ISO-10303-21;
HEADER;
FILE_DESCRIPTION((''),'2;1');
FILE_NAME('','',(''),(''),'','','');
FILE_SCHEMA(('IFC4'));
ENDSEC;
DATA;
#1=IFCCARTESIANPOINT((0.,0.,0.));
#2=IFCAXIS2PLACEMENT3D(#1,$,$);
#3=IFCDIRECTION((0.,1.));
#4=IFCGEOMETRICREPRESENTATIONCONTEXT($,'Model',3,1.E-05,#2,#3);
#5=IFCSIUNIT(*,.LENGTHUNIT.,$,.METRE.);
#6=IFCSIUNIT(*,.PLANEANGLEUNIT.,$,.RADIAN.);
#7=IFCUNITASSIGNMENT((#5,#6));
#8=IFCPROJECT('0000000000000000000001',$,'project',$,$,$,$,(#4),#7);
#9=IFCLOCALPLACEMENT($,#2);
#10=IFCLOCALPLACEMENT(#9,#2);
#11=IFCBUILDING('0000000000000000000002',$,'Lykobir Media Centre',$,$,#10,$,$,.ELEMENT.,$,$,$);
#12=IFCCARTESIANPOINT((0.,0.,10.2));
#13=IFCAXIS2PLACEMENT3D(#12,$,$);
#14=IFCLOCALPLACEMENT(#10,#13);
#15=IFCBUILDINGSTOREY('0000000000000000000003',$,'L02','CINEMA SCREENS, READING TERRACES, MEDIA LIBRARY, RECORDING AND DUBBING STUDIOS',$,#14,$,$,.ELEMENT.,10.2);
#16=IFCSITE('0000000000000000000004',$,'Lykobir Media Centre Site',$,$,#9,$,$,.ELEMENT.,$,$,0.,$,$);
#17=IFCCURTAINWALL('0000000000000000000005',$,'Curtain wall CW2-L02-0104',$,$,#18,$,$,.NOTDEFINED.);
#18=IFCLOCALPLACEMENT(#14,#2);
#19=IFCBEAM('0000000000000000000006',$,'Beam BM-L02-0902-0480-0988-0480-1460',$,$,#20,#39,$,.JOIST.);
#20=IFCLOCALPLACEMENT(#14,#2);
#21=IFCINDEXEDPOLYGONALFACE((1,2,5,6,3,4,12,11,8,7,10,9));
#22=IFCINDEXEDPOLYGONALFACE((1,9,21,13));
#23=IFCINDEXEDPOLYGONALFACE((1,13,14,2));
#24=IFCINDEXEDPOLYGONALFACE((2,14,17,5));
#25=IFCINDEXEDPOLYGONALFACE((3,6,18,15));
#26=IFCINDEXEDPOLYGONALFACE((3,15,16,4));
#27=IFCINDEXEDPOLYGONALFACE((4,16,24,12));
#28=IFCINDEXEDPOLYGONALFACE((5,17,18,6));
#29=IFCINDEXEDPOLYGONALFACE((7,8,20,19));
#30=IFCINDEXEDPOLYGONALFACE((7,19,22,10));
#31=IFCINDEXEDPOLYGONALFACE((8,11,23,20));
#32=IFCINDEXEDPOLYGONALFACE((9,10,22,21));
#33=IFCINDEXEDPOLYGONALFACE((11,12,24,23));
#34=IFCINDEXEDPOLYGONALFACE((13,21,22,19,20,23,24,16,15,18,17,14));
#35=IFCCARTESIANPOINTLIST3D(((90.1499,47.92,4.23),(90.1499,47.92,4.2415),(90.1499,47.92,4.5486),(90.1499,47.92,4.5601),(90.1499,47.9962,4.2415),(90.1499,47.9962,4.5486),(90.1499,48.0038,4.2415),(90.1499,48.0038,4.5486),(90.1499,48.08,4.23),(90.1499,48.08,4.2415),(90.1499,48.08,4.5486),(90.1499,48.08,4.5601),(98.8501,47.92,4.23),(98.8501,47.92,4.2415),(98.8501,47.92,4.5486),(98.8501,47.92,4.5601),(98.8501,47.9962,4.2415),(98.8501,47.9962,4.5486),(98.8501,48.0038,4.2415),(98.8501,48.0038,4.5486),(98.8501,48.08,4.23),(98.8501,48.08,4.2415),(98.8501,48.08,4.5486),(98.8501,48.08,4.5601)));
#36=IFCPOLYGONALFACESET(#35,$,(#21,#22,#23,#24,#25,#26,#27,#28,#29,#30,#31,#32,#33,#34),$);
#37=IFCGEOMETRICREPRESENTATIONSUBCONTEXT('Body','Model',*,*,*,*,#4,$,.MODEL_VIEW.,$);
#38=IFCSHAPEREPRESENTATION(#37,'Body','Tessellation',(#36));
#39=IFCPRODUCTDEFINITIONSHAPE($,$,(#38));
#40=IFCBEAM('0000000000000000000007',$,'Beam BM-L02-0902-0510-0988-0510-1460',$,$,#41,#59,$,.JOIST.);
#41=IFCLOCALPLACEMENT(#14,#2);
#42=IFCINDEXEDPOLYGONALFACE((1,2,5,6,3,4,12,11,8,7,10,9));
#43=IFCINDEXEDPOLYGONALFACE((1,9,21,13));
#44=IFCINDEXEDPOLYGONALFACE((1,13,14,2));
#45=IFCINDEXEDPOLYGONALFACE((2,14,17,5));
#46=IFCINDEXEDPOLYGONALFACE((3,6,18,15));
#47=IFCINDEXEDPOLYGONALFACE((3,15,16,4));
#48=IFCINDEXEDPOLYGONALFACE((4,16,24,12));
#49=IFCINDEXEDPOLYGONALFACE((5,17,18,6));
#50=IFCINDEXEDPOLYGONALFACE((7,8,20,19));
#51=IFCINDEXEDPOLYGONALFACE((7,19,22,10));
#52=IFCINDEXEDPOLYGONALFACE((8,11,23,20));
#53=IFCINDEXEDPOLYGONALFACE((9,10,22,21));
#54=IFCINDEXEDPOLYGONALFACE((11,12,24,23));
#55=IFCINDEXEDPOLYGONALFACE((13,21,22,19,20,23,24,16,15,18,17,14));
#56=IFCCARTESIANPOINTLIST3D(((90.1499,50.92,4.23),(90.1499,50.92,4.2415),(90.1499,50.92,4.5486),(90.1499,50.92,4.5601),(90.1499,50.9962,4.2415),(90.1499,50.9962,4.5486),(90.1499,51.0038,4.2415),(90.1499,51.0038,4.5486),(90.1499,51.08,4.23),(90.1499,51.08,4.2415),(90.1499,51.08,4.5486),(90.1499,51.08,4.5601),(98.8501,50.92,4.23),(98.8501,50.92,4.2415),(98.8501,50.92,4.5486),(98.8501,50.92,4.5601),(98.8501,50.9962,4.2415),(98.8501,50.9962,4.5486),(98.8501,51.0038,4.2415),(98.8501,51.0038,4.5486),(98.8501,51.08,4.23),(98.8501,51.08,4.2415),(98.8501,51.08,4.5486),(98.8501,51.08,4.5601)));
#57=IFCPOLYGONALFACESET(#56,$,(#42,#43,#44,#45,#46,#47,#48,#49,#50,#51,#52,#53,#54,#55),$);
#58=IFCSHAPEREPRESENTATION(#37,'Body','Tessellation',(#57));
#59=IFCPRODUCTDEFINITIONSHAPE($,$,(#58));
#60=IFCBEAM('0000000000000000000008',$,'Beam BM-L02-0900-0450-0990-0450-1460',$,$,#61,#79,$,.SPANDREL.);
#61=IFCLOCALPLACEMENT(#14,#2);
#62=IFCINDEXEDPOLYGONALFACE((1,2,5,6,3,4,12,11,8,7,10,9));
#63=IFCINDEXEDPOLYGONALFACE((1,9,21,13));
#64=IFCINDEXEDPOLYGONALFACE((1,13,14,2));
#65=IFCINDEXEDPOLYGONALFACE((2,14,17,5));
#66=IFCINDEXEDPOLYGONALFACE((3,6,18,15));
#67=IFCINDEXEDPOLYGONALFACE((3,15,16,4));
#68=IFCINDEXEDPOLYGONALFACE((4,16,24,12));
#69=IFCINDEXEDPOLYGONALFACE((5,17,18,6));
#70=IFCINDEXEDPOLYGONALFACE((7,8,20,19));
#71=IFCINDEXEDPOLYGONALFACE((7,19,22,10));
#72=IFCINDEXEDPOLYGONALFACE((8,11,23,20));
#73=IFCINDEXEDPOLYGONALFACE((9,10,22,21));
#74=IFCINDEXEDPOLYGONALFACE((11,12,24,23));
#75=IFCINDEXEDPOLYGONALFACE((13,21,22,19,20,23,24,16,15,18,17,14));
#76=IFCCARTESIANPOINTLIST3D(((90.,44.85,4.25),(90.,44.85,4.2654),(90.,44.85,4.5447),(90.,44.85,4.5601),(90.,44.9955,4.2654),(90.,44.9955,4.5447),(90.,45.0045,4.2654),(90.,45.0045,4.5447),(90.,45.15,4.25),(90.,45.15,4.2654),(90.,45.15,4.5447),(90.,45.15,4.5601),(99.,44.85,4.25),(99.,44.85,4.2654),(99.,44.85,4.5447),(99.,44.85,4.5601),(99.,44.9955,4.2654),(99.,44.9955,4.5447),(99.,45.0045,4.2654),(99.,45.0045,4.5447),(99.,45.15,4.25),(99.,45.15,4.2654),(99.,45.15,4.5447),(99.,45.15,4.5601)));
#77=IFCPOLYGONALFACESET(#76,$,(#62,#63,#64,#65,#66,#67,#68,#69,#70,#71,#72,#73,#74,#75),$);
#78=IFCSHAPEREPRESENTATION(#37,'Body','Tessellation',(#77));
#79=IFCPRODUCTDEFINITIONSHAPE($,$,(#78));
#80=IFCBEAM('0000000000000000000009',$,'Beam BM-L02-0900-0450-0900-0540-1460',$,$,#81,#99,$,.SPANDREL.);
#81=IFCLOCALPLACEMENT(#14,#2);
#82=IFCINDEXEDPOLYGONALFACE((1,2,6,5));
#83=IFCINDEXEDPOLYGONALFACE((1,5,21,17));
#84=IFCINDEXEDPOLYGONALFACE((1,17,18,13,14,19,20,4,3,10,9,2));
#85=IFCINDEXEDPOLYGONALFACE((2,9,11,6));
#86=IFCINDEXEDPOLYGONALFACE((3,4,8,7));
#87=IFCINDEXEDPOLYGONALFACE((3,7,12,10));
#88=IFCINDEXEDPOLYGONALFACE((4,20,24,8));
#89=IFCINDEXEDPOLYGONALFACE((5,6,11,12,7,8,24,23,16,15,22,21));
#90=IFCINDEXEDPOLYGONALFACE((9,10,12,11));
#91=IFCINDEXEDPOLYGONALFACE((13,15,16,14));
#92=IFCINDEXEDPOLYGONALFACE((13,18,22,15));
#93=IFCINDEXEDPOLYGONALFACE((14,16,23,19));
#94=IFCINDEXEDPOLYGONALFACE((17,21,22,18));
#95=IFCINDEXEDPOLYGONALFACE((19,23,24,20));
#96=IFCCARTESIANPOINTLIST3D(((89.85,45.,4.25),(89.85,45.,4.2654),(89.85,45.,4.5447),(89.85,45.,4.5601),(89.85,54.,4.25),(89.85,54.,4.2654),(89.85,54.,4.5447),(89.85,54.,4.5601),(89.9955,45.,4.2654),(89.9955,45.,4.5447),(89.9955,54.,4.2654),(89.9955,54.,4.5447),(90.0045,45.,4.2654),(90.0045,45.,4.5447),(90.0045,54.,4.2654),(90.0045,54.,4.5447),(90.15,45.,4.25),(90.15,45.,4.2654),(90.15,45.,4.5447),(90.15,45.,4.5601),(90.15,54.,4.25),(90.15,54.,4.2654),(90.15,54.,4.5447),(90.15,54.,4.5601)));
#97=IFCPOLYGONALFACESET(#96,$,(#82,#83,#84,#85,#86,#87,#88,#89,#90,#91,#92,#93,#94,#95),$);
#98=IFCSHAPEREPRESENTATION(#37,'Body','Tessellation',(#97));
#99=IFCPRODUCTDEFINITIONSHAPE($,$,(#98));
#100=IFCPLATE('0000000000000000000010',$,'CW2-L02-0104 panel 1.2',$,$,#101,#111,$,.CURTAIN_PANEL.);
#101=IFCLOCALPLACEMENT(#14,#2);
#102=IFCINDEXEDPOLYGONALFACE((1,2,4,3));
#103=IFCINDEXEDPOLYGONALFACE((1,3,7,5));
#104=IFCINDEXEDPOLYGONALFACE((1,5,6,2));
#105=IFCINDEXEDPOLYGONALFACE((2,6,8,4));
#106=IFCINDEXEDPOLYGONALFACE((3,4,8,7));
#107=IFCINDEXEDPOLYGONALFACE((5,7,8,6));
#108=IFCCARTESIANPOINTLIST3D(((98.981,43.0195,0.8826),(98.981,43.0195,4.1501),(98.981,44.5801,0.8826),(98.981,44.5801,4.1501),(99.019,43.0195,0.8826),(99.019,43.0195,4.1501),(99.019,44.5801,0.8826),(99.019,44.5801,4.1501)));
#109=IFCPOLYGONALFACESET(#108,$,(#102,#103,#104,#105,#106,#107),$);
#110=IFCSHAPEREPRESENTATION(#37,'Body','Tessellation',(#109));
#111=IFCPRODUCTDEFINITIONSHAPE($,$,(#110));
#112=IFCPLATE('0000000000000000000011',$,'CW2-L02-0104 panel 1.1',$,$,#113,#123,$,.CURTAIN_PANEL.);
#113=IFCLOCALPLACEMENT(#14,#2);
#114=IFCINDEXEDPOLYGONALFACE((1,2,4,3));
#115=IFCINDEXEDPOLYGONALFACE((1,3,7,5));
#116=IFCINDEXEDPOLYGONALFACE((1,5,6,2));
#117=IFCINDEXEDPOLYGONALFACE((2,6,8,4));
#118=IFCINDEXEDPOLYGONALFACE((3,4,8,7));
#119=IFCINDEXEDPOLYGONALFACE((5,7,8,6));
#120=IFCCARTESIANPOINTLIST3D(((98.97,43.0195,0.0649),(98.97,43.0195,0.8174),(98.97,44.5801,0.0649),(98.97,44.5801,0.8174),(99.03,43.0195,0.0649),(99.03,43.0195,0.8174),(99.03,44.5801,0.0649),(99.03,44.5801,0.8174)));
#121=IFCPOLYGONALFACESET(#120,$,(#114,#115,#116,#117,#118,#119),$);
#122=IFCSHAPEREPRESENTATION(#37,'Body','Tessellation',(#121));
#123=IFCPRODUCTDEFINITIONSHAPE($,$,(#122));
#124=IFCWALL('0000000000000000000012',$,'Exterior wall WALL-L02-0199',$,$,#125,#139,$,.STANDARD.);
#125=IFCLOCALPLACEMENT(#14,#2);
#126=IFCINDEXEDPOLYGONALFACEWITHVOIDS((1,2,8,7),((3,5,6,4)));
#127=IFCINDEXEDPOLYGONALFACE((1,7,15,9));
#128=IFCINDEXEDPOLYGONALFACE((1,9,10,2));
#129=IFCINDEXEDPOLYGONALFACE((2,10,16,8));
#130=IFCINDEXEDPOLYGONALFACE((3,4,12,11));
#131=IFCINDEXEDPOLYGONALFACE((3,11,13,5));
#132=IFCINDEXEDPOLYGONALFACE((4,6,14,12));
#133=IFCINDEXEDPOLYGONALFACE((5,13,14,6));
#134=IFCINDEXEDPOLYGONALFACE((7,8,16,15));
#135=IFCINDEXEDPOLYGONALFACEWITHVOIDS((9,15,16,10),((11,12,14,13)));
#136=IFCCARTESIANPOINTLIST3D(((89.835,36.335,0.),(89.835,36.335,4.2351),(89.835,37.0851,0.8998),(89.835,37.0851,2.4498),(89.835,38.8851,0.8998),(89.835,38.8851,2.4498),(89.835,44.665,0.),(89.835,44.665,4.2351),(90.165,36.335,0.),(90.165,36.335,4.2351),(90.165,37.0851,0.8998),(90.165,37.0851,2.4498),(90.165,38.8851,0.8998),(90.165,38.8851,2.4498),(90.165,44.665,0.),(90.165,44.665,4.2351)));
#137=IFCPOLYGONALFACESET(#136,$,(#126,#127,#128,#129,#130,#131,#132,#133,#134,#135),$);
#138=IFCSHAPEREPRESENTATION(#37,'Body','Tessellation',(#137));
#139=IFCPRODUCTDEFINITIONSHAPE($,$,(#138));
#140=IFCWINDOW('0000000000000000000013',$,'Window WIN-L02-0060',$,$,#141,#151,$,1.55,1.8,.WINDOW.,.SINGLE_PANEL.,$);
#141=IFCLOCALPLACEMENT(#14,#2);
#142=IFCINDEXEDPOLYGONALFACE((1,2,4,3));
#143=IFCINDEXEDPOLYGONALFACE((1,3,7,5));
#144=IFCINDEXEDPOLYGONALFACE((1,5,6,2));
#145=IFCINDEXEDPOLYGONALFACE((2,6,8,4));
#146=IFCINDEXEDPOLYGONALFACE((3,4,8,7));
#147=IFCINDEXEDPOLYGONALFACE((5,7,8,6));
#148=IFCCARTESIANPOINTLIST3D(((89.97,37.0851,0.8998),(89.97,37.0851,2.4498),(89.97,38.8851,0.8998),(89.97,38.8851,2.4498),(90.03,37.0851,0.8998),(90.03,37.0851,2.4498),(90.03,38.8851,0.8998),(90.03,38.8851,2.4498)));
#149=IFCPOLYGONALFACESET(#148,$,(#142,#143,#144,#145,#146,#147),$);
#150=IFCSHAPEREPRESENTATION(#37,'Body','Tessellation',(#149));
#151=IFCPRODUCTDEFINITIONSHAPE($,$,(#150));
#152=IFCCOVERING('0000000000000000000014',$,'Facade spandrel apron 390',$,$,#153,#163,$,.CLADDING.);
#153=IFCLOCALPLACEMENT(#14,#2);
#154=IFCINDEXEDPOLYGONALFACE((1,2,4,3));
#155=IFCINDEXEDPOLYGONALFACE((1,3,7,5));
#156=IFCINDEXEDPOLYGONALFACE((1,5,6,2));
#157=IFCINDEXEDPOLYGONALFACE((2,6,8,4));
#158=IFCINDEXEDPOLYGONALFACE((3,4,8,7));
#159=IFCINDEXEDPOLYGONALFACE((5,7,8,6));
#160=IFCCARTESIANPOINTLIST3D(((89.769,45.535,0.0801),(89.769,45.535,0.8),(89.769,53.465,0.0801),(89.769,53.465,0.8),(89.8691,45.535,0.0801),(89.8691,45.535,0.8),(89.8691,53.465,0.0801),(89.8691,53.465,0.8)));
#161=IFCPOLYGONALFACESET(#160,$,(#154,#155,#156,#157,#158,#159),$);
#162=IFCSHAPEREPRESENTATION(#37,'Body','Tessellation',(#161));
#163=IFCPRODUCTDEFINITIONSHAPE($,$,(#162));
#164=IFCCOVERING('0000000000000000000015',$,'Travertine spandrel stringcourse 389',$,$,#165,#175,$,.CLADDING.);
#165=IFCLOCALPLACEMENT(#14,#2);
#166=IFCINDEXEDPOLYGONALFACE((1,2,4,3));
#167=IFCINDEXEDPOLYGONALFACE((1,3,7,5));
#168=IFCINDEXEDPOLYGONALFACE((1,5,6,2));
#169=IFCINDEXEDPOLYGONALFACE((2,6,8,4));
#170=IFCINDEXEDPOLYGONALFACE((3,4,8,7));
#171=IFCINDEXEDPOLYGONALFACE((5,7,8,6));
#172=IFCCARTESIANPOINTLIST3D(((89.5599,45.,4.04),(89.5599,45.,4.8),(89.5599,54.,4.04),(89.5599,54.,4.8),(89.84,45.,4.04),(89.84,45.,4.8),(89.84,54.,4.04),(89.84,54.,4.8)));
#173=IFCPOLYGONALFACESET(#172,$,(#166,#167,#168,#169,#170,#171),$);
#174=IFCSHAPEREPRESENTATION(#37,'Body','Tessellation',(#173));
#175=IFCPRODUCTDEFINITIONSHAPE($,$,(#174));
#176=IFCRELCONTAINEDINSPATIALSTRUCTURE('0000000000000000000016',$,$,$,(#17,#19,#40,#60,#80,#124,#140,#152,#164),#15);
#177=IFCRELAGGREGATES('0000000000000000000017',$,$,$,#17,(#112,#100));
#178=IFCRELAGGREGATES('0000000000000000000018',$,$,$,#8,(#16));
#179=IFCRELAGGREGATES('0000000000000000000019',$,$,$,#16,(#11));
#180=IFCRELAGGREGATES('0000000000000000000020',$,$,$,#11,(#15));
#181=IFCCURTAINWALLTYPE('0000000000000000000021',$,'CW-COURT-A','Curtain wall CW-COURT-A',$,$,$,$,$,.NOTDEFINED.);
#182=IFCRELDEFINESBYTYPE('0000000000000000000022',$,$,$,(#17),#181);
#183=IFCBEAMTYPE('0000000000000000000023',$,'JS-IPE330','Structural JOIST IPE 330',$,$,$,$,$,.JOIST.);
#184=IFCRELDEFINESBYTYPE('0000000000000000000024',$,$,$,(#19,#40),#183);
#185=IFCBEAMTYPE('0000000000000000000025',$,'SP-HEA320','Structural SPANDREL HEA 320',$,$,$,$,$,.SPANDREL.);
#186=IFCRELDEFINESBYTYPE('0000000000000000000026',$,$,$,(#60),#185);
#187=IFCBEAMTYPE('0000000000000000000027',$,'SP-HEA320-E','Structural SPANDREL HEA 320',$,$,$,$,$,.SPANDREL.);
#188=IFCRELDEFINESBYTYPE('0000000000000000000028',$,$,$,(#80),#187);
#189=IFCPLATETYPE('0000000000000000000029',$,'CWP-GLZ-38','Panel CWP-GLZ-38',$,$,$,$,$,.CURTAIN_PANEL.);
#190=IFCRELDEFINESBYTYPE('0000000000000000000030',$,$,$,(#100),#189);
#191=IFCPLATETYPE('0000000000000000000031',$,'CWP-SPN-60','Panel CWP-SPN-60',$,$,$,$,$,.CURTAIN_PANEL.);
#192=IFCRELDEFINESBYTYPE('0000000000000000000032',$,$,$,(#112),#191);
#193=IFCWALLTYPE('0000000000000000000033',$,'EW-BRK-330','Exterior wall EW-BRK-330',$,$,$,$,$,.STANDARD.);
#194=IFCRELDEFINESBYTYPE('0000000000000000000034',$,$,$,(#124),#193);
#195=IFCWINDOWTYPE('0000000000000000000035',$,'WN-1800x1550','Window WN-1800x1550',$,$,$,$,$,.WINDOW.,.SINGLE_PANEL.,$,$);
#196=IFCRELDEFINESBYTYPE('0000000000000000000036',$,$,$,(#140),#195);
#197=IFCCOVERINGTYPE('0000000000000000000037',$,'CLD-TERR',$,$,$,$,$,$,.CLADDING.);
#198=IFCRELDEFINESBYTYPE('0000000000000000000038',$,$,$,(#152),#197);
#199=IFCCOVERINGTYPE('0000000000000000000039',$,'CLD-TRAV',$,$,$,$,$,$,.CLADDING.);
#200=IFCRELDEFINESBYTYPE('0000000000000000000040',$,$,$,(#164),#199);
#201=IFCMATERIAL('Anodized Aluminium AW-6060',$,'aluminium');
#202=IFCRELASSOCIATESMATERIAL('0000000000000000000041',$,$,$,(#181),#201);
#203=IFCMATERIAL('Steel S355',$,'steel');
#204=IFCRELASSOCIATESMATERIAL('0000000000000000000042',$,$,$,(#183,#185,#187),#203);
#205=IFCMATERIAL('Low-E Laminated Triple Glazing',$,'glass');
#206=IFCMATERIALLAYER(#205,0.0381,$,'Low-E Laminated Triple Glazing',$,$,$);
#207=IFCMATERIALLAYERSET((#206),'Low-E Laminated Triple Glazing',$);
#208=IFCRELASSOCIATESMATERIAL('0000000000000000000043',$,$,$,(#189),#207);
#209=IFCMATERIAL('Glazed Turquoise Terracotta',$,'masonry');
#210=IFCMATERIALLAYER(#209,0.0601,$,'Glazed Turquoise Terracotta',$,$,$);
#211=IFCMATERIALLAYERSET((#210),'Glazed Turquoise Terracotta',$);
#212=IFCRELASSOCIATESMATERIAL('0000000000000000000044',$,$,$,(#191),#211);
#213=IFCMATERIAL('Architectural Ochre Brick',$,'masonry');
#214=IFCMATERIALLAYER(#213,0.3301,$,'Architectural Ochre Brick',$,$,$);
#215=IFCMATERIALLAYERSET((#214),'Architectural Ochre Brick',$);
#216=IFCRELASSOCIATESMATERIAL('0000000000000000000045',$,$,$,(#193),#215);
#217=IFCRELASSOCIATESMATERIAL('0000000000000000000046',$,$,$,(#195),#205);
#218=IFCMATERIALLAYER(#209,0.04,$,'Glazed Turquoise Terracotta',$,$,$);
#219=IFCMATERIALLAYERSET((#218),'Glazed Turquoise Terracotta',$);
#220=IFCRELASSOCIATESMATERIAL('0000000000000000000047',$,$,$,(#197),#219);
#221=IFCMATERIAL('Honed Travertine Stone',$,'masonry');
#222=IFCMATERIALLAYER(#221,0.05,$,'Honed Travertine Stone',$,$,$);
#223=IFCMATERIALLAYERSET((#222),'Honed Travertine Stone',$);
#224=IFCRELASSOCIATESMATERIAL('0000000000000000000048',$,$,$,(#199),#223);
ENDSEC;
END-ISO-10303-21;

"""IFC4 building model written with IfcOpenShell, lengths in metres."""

from ifc_helpers import new_model, si_unit, direction, frame, frame_2d, origin, origin_2d, place, context, subcontext, project, spatial, rectangle, i_section, extrude, material, layer, layer_set, material_profile, profile_set, type_object, element, fill, aggregate, save


model = new_model("IFC4")

# Units and contexts
model_context = context("Model", 3, precision=1e-05, world=origin(), true_north=direction((0.0, 1.0)))
body_context = subcontext(model_context, "Body", "Model", "MODEL_VIEW")
ifc_project = project(units=[si_unit("LENGTHUNIT", "METRE"), si_unit("PLANEANGLEUNIT", "RADIAN")], contexts=[model_context])

# Site, building, storey
site_placement = place(None, origin())
site = spatial("IfcSite", under=ifc_project, at=site_placement, Name="Lykobir Media Centre Site", CompositionType="ELEMENT", RefElevation=0.0)
building_placement = place(site_placement, origin())
building = spatial("IfcBuilding", under=site, at=building_placement, Name="Lykobir Media Centre", CompositionType="ELEMENT")
storey_placement = place(building_placement, frame((0.0, 0.0, 10.2)))
storey = spatial("IfcBuildingStorey", under=building, at=storey_placement, Name="L02", Description="CINEMA SCREENS, READING TERRACES, MEDIA LIBRARY, RECORDING AND DUBBING STUDIOS", CompositionType="ELEMENT", Elevation=10.2)

# Curtain wall
ifc_material_1 = material(Name="Anodized Aluminium AW-6060", Category="aluminium")
curtain_wall_type = type_object("IfcCurtainWallType", Name="CW-COURT-A", Description="Curtain wall CW-COURT-A", PredefinedType="NOTDEFINED", material=ifc_material_1)
curtain_wall_placement = place(storey_placement, origin())
curtain_wall = element("IfcCurtainWall", 1, at=curtain_wall_placement, inside=storey, type_object=curtain_wall_type, Name="Curtain wall CW2-L02-0104", PredefinedType="NOTDEFINED")

# Beams
ifc_material_2 = material(Name="Steel S355", Category="steel")
ifc_material_profile_1 = material_profile(ifc_material_2, i_section(OverallWidth=0.1599, OverallDepth=0.3301, WebThickness=0.0076, FlangeThickness=0.0115, at=origin_2d()), Name="IPE 330")
ifc_profile_set_1 = profile_set([ifc_material_profile_1], Name="Steel S355")
beam_type_1 = type_object("IfcBeamType", Name="JS-IPE330", Description="Structural JOIST IPE 330", PredefinedType="JOIST", material=ifc_profile_set_1)
for number, where, z_axis, x_axis, name in (
    (2, (90.1499, 48.0, 4.395), (1.0, 0.0, 0.0), (0.0, 1.0, 0.0), "Beam BM-L02-0902-0480-0988-0480-1460"),
    (3, (90.1499, 51.0, 4.395), (1.0, 0.0, 0.0), (0.0, 1.0, 0.0), "Beam BM-L02-0902-0510-0988-0510-1460"),
):
    element("IfcBeam", number, at=place(storey_placement, frame(where, z_axis=z_axis, x_axis=x_axis)), inside=storey, type_object=beam_type_1, Name=name, PredefinedType="JOIST", context=body_context, shape_type="SweptSolid", body=[
        extrude(i_section(OverallWidth=0.1599, OverallDepth=0.3301, WebThickness=0.0076, FlangeThickness=0.0115, at=origin_2d()), origin(), (0.0, 0.0, 1.0), 8.7002),
    ])
ifc_material_profile_2 = material_profile(ifc_material_2, i_section(OverallWidth=0.3, OverallDepth=0.3101, WebThickness=0.009, FlangeThickness=0.0154, at=origin_2d()), Name="HEA 320")
ifc_profile_set_2 = profile_set([ifc_material_profile_2], Name="Steel S355")
beam_type_2 = type_object("IfcBeamType", Name="SP-HEA320", Description="Structural SPANDREL HEA 320", PredefinedType="SPANDREL", material=ifc_profile_set_2)
beam_1_placement = place(storey_placement, frame((90.0, 45.0, 4.405), z_axis=(1.0, 0.0, 0.0), x_axis=(0.0, 1.0, 0.0)))
element("IfcBeam", 4, at=beam_1_placement, inside=storey, type_object=beam_type_2, Name="Beam BM-L02-0900-0450-0990-0450-1460", PredefinedType="SPANDREL", context=body_context, shape_type="SweptSolid", body=[
    extrude(i_section(OverallWidth=0.3, OverallDepth=0.3101, WebThickness=0.009, FlangeThickness=0.0154, at=origin_2d()), origin(), (0.0, 0.0, 1.0), 9.0),
])
ifc_material_profile_3 = material_profile(ifc_material_2, i_section(OverallWidth=0.3, OverallDepth=0.3101, WebThickness=0.009, FlangeThickness=0.0154, at=origin_2d()), Name="HEA 320")
ifc_profile_set_3 = profile_set([ifc_material_profile_3], Name="Steel S355")
beam_type_3 = type_object("IfcBeamType", Name="SP-HEA320-E", Description="Structural SPANDREL HEA 320", PredefinedType="SPANDREL", material=ifc_profile_set_3)
beam_2_placement = place(storey_placement, frame((90.0, 45.0, 4.405), z_axis=(0.0, 1.0, 0.0), x_axis=(-1.0, 0.0, 0.0)))
element("IfcBeam", 5, at=beam_2_placement, inside=storey, type_object=beam_type_3, Name="Beam BM-L02-0900-0450-0900-0540-1460", PredefinedType="SPANDREL", context=body_context, shape_type="SweptSolid", body=[
    extrude(i_section(OverallWidth=0.3, OverallDepth=0.3101, WebThickness=0.009, FlangeThickness=0.0154, at=origin_2d()), origin(), (0.0, 0.0, 1.0), 9.0),
])

# Plates
ifc_material_3 = material(Name="Low-E Laminated Triple Glazing", Category="glass")
ifc_layer_1 = layer(ifc_material_3, 0.0381, Name="Low-E Laminated Triple Glazing")
ifc_layer_set_1 = layer_set([ifc_layer_1], Name="Low-E Laminated Triple Glazing")
plate_type_1 = type_object("IfcPlateType", Name="CWP-GLZ-38", Description="Panel CWP-GLZ-38", PredefinedType="CURTAIN_PANEL", material=ifc_layer_set_1)
plate_1_placement = place(storey_placement, frame((99.0, 43.7998, 0.8826), z_axis=(0.0, 0.0, 1.0), x_axis=(0.0, -1.0, 0.0)))
plate_1 = element("IfcPlate", 6, at=plate_1_placement, type_object=plate_type_1, Name="CW2-L02-0104 panel 1.2", PredefinedType="CURTAIN_PANEL", context=body_context, shape_type="SweptSolid", body=[
    extrude(rectangle(XDim=1.5605, YDim=0.0381, at=origin_2d()), origin(), (0.0, 0.0, 1.0), 3.2676),
])
ifc_material_4 = material(Name="Glazed Turquoise Terracotta", Category="masonry")
ifc_layer_2 = layer(ifc_material_4, 0.0601, Name="Glazed Turquoise Terracotta")
ifc_layer_set_2 = layer_set([ifc_layer_2], Name="Glazed Turquoise Terracotta")
plate_type_2 = type_object("IfcPlateType", Name="CWP-SPN-60", Description="Panel CWP-SPN-60", PredefinedType="CURTAIN_PANEL", material=ifc_layer_set_2)
plate_2_placement = place(storey_placement, frame((99.0, 43.7998, 0.0649), z_axis=(0.0, 0.0, 1.0), x_axis=(0.0, -1.0, 0.0)))
plate_2 = element("IfcPlate", 7, at=plate_2_placement, type_object=plate_type_2, Name="CW2-L02-0104 panel 1.1", PredefinedType="CURTAIN_PANEL", context=body_context, shape_type="SweptSolid", body=[
    extrude(rectangle(XDim=1.5605, YDim=0.0601, at=origin_2d()), origin(), (0.0, 0.0, 1.0), 0.7524),
])
aggregate(curtain_wall, [plate_2, plate_1])

# Wall, opening, window
ifc_material_5 = material(Name="Architectural Ochre Brick", Category="masonry")
ifc_layer_3 = layer(ifc_material_5, 0.3301, Name="Architectural Ochre Brick")
ifc_layer_set_3 = layer_set([ifc_layer_3], Name="Architectural Ochre Brick")
wall_type = type_object("IfcWallType", Name="EW-BRK-330", Description="Exterior wall EW-BRK-330", PredefinedType="STANDARD", material=ifc_layer_set_3)
wall_placement = place(storey_placement, frame((90.0, 44.665, 0.0), z_axis=(0.0, 0.0, 1.0), x_axis=(0.0, -1.0, 0.0)))
wall = element("IfcWall", 8, at=wall_placement, inside=storey, type_object=wall_type, Name="Exterior wall WALL-L02-0199", PredefinedType="STANDARD", context=body_context, shape_type="SweptSolid", body=[
    extrude(rectangle(XDim=8.3301, YDim=0.3301, at=frame_2d((4.165, 0.0))), origin(), (0.0, 0.0, 1.0), 4.2351),
])
opening_placement = place(wall_placement, frame((5.78, 0.0, 0.8999)))
opening = element("IfcOpeningElement", 9, at=opening_placement, cuts=wall, PredefinedType="OPENING", context=body_context, shape_type="SweptSolid", body=[
    extrude(rectangle(XDim=1.8, YDim=1.55, at=frame_2d((0.8999, 0.7749))), frame((0.0, 0.175, 0.0), z_axis=(0.0, -1.0, 0.0), x_axis=(1.0, 0.0, 0.0)), (0.0, 0.0, 1.0), 0.3501),
])
window_type = type_object("IfcWindowType", Name="WN-1800x1550", Description="Window WN-1800x1550", PartitioningType="SINGLE_PANEL", PredefinedType="WINDOW", material=ifc_material_3)
window_placement = place(opening_placement, origin())
window = element("IfcWindow", 10, at=window_placement, inside=storey, type_object=window_type, Name="Window WIN-L02-0060", OverallHeight=1.55, OverallWidth=1.8, PartitioningType="SINGLE_PANEL", PredefinedType="WINDOW", context=body_context, shape_type="SweptSolid", body=[
    extrude(rectangle(XDim=1.8, YDim=1.55, at=frame_2d((0.8999, 0.7749))), frame((0.0, 0.03, 0.0), z_axis=(0.0, -1.0, 0.0), x_axis=(1.0, 0.0, 0.0)), (0.0, 0.0, 1.0), 0.0601),
])
fill(opening, window)

# Coverings
ifc_layer_4 = layer(ifc_material_4, 0.04, Name="Glazed Turquoise Terracotta")
ifc_layer_set_4 = layer_set([ifc_layer_4], Name="Glazed Turquoise Terracotta")
covering_type_1 = type_object("IfcCoveringType", Name="CLD-TERR", PredefinedType="CLADDING", material=ifc_layer_set_4)
covering_1_placement = place(storey_placement, frame((89.8191, 49.5, 0.0801), z_axis=(0.0, 0.0, 1.0), x_axis=(0.0, -1.0, 0.0)))
element("IfcCovering", 11, at=covering_1_placement, inside=storey, type_object=covering_type_1, Name="Facade spandrel apron 390", PredefinedType="CLADDING", context=body_context, shape_type="SweptSolid", body=[
    extrude(rectangle(XDim=7.9299, YDim=0.1001, at=origin_2d()), origin(), (0.0, 0.0, 1.0), 0.72),
])
ifc_material_6 = material(Name="Honed Travertine Stone", Category="masonry")
ifc_layer_5 = layer(ifc_material_6, 0.05, Name="Honed Travertine Stone")
ifc_layer_set_5 = layer_set([ifc_layer_5], Name="Honed Travertine Stone")
covering_type_2 = type_object("IfcCoveringType", Name="CLD-TRAV", PredefinedType="CLADDING", material=ifc_layer_set_5)
covering_2_placement = place(storey_placement, frame((89.7, 49.5, 4.04), z_axis=(0.0, 0.0, 1.0), x_axis=(0.0, -1.0, 0.0)))
element("IfcCovering", 12, at=covering_2_placement, inside=storey, type_object=covering_type_2, Name="Travertine spandrel stringcourse 389", PredefinedType="CLADDING", context=body_context, shape_type="SweptSolid", body=[
    extrude(rectangle(XDim=9.0, YDim=0.28, at=origin_2d()), origin(), (0.0, 0.0, 1.0), 0.76),
])

save(model, "model.ifc")
